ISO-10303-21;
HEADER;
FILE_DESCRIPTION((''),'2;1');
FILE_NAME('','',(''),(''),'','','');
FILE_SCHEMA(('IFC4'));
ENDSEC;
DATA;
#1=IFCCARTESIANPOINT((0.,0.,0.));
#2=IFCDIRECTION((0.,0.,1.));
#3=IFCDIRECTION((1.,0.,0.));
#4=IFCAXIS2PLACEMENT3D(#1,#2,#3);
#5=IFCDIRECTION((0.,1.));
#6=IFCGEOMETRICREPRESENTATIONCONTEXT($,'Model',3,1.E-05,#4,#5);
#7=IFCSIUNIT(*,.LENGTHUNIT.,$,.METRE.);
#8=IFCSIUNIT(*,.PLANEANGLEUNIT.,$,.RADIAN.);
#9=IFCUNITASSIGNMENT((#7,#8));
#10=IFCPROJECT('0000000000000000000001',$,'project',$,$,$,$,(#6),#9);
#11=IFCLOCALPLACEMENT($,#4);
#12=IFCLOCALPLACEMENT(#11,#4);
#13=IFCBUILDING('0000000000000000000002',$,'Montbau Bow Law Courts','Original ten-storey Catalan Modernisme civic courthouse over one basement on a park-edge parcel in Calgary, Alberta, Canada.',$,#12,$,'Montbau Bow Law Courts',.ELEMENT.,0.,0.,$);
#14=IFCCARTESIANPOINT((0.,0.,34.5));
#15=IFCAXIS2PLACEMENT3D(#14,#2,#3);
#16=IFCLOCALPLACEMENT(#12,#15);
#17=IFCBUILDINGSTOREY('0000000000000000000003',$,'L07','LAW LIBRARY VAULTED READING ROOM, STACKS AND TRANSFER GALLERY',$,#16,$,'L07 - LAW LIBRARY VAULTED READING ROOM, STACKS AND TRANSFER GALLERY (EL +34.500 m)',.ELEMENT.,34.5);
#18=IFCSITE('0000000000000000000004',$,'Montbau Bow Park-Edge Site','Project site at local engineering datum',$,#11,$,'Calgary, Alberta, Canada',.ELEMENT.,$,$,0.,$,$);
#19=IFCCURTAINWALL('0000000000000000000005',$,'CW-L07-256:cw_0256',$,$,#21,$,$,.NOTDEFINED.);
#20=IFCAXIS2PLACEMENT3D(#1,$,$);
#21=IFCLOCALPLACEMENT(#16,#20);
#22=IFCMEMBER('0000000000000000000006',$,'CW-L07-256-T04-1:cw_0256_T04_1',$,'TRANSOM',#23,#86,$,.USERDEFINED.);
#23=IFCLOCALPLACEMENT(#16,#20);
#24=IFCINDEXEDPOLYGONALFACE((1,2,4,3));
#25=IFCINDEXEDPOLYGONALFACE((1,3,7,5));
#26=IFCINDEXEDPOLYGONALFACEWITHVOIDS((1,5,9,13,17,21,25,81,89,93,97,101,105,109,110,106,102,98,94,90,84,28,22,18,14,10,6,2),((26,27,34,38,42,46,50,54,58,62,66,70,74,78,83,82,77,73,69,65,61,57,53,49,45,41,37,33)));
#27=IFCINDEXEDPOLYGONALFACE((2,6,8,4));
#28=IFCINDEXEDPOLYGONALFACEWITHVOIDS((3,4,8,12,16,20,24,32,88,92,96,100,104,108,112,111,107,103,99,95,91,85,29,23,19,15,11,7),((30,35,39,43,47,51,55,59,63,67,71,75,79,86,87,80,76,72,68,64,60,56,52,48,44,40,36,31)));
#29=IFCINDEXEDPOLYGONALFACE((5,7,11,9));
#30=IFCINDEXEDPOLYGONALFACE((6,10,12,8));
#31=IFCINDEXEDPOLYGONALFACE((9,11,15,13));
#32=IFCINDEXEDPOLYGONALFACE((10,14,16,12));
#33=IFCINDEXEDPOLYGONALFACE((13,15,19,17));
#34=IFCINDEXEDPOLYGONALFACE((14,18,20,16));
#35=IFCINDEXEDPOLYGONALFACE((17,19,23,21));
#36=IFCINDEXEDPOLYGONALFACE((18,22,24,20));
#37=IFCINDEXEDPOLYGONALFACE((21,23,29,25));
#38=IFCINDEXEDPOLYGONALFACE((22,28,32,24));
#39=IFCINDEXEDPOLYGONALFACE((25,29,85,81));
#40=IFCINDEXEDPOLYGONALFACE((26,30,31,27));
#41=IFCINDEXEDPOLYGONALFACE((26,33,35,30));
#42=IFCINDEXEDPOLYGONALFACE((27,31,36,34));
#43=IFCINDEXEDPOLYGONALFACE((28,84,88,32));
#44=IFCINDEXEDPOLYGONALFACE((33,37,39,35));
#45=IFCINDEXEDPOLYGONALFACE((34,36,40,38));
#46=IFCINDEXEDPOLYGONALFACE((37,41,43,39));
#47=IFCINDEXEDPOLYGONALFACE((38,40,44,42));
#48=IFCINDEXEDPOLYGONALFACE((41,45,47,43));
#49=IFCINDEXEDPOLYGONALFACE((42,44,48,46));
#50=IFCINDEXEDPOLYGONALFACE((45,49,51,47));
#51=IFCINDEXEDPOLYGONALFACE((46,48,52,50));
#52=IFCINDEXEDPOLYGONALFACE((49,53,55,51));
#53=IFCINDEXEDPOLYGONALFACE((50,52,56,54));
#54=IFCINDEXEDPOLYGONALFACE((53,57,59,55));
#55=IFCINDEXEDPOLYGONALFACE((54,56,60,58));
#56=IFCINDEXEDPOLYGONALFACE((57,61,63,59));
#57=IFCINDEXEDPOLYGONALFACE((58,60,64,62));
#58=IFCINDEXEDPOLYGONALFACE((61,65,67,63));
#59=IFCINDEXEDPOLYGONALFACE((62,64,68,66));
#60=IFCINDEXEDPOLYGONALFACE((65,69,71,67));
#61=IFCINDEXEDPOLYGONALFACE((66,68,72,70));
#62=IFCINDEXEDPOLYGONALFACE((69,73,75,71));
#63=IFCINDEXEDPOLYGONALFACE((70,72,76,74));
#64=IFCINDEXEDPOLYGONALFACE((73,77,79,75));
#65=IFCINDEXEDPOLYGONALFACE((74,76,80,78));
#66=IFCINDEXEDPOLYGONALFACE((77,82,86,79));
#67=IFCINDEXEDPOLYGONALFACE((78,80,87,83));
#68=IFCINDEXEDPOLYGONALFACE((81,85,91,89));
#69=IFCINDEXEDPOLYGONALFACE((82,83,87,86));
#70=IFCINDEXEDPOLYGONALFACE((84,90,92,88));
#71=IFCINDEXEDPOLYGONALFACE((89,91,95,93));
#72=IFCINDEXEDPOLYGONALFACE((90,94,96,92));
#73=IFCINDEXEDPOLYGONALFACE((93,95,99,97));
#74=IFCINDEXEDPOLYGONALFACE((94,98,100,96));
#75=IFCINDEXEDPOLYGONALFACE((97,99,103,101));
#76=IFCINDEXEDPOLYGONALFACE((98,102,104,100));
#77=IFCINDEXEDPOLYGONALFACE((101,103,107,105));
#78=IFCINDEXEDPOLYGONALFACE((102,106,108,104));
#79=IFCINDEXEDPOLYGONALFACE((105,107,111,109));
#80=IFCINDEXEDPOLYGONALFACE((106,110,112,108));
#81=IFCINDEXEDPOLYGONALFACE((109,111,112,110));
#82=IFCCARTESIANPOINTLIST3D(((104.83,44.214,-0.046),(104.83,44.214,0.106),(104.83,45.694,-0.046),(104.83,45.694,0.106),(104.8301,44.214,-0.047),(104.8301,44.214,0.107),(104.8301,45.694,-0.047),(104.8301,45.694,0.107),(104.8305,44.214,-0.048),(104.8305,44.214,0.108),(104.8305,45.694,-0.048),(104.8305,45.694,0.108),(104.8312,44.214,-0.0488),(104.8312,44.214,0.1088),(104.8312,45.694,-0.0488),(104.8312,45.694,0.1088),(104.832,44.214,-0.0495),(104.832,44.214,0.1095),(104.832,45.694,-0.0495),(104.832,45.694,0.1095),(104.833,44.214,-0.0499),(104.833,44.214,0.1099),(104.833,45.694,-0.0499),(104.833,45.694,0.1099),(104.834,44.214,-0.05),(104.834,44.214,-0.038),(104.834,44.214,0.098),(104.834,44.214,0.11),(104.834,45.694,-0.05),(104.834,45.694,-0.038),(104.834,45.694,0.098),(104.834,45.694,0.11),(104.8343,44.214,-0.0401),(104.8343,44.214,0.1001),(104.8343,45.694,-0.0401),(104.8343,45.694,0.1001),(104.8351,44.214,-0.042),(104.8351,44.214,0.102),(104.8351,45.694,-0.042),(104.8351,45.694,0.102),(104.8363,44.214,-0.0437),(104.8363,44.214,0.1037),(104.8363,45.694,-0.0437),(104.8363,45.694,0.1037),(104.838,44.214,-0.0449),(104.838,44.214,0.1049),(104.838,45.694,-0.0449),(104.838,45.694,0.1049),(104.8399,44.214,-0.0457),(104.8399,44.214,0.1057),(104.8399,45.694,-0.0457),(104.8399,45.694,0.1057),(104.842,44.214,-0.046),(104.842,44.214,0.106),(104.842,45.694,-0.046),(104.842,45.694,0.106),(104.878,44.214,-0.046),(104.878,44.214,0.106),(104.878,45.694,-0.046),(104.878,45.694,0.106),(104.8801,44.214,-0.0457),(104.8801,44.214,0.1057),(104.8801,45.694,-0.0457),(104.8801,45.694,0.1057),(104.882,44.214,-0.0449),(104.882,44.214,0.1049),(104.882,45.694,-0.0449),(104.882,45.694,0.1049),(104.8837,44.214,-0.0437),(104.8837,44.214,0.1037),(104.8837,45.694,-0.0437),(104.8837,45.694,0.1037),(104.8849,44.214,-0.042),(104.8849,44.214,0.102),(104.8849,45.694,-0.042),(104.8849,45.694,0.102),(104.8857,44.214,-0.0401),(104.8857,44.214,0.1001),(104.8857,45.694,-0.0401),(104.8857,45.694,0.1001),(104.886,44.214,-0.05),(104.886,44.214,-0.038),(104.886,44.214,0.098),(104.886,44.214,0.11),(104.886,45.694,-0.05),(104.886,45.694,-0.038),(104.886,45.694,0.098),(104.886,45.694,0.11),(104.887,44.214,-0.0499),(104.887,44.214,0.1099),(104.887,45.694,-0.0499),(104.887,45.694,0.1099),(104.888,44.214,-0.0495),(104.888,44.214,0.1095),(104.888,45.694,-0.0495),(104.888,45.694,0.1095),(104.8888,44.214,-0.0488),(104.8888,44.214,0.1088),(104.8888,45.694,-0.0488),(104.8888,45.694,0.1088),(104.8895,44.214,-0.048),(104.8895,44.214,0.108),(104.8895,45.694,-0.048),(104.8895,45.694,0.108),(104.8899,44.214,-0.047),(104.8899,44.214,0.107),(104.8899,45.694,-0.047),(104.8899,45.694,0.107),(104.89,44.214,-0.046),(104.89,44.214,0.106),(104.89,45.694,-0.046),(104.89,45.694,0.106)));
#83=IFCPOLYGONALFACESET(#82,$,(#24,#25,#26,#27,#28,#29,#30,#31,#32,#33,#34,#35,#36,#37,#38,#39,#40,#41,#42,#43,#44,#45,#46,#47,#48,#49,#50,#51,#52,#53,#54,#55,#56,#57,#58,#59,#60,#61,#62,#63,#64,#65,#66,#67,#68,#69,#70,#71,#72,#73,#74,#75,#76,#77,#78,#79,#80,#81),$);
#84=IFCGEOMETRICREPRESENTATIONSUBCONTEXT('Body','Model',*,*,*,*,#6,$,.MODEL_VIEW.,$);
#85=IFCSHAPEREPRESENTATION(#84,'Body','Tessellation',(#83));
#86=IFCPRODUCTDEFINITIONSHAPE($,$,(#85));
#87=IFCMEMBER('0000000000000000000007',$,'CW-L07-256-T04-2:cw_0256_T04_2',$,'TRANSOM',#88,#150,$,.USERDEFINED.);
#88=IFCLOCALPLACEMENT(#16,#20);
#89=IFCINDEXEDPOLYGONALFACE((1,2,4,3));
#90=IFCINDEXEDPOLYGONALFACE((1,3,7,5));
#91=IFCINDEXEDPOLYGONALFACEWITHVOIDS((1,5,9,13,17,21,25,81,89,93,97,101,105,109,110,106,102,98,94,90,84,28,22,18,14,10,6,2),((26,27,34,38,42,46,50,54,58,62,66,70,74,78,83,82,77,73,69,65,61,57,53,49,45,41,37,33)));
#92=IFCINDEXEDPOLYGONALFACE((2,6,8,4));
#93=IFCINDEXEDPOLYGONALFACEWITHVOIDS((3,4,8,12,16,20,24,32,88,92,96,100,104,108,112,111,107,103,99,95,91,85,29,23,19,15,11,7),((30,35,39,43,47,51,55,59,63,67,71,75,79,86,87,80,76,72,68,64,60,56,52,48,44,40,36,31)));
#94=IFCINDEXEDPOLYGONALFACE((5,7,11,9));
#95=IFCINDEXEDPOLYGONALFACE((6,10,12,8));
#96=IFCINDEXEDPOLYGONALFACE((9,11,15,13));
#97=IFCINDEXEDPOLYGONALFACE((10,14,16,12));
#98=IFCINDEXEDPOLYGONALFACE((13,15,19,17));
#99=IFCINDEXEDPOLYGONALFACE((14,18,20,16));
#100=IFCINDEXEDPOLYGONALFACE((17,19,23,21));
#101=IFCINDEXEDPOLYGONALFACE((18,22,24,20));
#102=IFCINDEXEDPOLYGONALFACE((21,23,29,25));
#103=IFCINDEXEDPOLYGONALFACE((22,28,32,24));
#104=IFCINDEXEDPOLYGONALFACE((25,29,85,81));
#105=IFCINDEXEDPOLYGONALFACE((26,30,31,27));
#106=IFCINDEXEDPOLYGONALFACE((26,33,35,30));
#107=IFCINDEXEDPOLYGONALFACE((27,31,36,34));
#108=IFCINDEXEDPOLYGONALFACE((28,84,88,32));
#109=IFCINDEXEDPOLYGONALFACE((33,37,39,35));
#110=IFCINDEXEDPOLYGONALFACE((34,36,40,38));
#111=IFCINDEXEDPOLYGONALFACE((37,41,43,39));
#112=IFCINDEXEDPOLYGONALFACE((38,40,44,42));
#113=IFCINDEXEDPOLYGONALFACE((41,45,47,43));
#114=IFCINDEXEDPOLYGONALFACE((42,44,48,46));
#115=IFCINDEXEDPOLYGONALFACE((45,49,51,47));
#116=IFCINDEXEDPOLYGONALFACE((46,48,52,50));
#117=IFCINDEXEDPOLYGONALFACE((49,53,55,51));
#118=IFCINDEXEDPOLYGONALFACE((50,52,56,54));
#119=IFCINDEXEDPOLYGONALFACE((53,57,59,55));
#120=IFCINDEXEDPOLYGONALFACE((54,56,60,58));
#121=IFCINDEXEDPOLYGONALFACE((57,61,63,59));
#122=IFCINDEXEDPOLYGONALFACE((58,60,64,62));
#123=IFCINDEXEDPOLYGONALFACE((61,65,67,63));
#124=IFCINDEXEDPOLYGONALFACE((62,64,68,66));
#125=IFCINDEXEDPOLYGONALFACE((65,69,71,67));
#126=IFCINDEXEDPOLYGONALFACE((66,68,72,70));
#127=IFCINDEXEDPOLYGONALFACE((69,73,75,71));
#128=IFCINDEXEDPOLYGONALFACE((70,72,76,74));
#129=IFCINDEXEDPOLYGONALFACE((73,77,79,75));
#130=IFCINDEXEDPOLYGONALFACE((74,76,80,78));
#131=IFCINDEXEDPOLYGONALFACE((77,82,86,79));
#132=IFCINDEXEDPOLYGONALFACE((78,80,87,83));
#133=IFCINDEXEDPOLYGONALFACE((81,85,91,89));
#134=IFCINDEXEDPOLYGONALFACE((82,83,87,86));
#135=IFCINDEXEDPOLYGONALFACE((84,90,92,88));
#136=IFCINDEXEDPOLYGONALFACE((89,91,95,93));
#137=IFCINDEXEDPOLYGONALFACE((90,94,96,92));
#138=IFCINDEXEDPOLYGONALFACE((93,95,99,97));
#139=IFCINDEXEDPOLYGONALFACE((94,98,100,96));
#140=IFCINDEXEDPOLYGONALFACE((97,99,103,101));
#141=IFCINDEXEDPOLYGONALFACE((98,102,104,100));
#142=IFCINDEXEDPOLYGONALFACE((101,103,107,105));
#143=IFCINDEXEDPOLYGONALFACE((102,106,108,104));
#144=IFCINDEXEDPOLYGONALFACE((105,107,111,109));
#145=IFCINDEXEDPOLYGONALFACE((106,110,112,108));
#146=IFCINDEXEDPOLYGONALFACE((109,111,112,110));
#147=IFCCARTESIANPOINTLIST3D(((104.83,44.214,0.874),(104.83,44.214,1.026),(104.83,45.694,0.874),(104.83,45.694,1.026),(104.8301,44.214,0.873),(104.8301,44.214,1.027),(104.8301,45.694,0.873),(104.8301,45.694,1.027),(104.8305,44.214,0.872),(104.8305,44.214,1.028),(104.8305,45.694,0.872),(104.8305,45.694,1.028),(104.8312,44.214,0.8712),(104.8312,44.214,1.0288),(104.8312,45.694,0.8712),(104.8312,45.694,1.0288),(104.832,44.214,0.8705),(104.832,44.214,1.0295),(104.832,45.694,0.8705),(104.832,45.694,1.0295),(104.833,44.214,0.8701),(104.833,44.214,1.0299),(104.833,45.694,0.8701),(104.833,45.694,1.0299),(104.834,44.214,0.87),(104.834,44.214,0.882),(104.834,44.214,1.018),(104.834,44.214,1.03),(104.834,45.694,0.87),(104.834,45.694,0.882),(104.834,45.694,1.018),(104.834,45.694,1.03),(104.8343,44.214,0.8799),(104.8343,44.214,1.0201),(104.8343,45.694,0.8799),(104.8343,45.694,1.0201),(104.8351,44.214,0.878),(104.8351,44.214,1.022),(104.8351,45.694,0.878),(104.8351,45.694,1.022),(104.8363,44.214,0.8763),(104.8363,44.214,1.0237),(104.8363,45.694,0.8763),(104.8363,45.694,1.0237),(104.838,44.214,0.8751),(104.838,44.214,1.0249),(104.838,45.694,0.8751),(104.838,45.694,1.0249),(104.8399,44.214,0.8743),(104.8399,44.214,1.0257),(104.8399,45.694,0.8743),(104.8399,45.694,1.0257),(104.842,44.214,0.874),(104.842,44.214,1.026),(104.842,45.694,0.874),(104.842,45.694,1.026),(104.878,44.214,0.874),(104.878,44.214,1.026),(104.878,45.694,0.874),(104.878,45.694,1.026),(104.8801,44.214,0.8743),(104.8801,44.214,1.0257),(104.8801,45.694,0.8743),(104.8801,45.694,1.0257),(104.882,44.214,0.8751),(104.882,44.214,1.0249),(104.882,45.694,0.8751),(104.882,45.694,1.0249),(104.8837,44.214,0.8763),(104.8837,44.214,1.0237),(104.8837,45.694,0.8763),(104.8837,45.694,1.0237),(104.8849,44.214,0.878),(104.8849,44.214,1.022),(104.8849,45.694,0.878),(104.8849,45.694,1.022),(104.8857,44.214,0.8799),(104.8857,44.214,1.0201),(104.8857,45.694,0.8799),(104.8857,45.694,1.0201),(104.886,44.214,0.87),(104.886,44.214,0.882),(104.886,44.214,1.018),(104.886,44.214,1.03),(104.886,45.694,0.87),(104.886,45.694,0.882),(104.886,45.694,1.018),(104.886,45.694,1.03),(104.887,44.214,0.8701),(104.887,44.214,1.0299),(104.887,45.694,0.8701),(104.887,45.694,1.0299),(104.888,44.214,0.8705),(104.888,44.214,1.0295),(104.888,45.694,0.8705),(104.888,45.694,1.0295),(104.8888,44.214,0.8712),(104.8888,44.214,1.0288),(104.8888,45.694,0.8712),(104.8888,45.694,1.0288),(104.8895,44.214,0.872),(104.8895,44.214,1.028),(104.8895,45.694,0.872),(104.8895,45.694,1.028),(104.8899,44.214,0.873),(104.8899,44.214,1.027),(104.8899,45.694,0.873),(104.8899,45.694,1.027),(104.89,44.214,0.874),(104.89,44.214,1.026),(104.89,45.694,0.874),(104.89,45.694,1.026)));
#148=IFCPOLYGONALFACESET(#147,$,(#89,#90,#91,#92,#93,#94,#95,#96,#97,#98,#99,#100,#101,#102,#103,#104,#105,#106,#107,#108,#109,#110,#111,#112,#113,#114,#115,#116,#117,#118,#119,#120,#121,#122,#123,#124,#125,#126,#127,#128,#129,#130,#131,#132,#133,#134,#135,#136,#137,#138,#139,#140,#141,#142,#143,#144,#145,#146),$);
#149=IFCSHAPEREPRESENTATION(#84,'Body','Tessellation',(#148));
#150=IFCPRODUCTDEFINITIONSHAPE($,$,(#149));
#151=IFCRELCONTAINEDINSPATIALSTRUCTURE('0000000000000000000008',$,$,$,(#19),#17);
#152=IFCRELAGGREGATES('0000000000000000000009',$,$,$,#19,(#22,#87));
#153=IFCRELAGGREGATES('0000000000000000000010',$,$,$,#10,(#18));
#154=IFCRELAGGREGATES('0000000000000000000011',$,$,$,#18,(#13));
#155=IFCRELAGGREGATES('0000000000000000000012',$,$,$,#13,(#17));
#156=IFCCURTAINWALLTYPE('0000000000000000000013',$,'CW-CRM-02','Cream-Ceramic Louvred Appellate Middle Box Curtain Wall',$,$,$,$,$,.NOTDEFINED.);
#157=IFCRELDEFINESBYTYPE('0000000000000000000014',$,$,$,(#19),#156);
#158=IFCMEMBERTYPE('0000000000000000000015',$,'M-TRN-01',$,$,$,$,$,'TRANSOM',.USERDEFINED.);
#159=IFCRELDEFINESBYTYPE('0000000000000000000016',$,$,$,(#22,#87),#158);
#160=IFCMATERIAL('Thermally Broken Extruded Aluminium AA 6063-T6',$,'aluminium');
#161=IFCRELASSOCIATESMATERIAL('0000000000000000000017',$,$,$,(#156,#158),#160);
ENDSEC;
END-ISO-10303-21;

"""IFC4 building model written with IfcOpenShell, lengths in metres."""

from ifc_helpers import new_model, si_unit, direction, frame, origin_with_axes, origin_2d_with_axis, place, context, subcontext, project, spatial, hollow_rectangle, extrude, material, material_profile, profile_set, type_object, element, aggregate, save


model = new_model("IFC4")

# Units and contexts
model_context = context("Model", 3, precision=1e-05, world=origin_with_axes(), true_north=direction((0.0, 1.0)))
body_context = subcontext(model_context, "Body", "Model", "MODEL_VIEW")
ifc_project = project(units=[si_unit("LENGTHUNIT", "METRE"), si_unit("PLANEANGLEUNIT", "RADIAN")], contexts=[model_context])

# Site, building, storey
site_placement = place(None, origin_with_axes())
site = spatial("IfcSite", under=ifc_project, at=site_placement, Name="Montbau Bow Park-Edge Site", Description="Project site at local engineering datum", LongName="Calgary, Alberta, Canada", CompositionType="ELEMENT", RefElevation=0.0)
building_placement = place(site_placement, origin_with_axes())
building = spatial("IfcBuilding", under=site, at=building_placement, Name="Montbau Bow Law Courts", Description="Original ten-storey Catalan Modernisme civic courthouse over one basement on a park-edge parcel in Calgary, Alberta, Canada.", LongName="Montbau Bow Law Courts", CompositionType="ELEMENT", ElevationOfRefHeight=0.0, ElevationOfTerrain=0.0)
storey_placement = place(building_placement, frame((0.0, 0.0, 34.5), z_axis=(0.0, 0.0, 1.0), x_axis=(1.0, 0.0, 0.0)))
storey = spatial("IfcBuildingStorey", under=building, at=storey_placement, Name="L07", Description="LAW LIBRARY VAULTED READING ROOM, STACKS AND TRANSFER GALLERY", LongName="L07 - LAW LIBRARY VAULTED READING ROOM, STACKS AND TRANSFER GALLERY (EL +34.500 m)", CompositionType="ELEMENT", Elevation=34.5)

# Curtain wall
ifc_material_1 = material(Name="Thermally Broken Extruded Aluminium AA 6063-T6", Category="aluminium")
curtain_wall_type = type_object("IfcCurtainWallType", Name="CW-CRM-02", Description="Cream-Ceramic Louvred Appellate Middle Box Curtain Wall", PredefinedType="NOTDEFINED", material=ifc_material_1)
curtain_wall_1_placement = place(None, frame((104.86, 39.44, 34.5), z_axis=(0.0, 0.0, 1.0), x_axis=(1.0, 0.0, 0.0)))
curtain_wall_1 = element("IfcCurtainWall", 1, at=curtain_wall_1_placement, inside=storey, type_object=curtain_wall_type, Name="CW-L07-256:cw_0256", PredefinedType="NOTDEFINED")

# Members
ifc_material_profile_1 = material_profile(ifc_material_1, hollow_rectangle(XDim=0.06, YDim=0.16, WallThickness=0.004, InnerFilletRadius=0.008, OuterFilletRadius=0.004, at=origin_2d_with_axis()), Name="CWT-160X60", Category="Main", Priority=0)
ifc_profile_set_1 = profile_set([ifc_material_profile_1], Name="Thermally Broken Extruded Aluminium AA 6063-T6")
member_type_1 = type_object("IfcMemberType", Name="M-TRN-01", ElementType="TRANSOM", PredefinedType="USERDEFINED", material=ifc_profile_set_1)
member_1_placement = place(None, frame((104.86, 44.214, 34.53), z_axis=(0.0, 1.0, 0.0), x_axis=(-1.0, 0.0, 0.0)))
member_1 = element("IfcMember", 2, at=member_1_placement, type_object=member_type_1, Name="CW-L07-256-T04-1:cw_0256_T04_1", ObjectType="TRANSOM", PredefinedType="USERDEFINED", context=body_context, shape_type="SweptSolid", body=[
    extrude(hollow_rectangle(XDim=0.06, YDim=0.16, WallThickness=0.004, InnerFilletRadius=0.008, OuterFilletRadius=0.004, at=origin_2d_with_axis()), origin_with_axes(), (0.0, 0.0, 1.0), 1.48),
])
member_2_placement = place(None, frame((104.86, 44.214, 35.45), z_axis=(0.0, 1.0, 0.0), x_axis=(-1.0, 0.0, 0.0)))
member_2 = element("IfcMember", 3, at=member_2_placement, type_object=member_type_1, Name="CW-L07-256-T04-2:cw_0256_T04_2", ObjectType="TRANSOM", PredefinedType="USERDEFINED", context=body_context, shape_type="SweptSolid", body=[
    extrude(hollow_rectangle(XDim=0.06, YDim=0.16, WallThickness=0.004, InnerFilletRadius=0.008, OuterFilletRadius=0.004, at=origin_2d_with_axis()), origin_with_axes(), (0.0, 0.0, 1.0), 1.48),
])

aggregate(curtain_wall_1, [member_1, member_2])

save(model, "model.ifc")
